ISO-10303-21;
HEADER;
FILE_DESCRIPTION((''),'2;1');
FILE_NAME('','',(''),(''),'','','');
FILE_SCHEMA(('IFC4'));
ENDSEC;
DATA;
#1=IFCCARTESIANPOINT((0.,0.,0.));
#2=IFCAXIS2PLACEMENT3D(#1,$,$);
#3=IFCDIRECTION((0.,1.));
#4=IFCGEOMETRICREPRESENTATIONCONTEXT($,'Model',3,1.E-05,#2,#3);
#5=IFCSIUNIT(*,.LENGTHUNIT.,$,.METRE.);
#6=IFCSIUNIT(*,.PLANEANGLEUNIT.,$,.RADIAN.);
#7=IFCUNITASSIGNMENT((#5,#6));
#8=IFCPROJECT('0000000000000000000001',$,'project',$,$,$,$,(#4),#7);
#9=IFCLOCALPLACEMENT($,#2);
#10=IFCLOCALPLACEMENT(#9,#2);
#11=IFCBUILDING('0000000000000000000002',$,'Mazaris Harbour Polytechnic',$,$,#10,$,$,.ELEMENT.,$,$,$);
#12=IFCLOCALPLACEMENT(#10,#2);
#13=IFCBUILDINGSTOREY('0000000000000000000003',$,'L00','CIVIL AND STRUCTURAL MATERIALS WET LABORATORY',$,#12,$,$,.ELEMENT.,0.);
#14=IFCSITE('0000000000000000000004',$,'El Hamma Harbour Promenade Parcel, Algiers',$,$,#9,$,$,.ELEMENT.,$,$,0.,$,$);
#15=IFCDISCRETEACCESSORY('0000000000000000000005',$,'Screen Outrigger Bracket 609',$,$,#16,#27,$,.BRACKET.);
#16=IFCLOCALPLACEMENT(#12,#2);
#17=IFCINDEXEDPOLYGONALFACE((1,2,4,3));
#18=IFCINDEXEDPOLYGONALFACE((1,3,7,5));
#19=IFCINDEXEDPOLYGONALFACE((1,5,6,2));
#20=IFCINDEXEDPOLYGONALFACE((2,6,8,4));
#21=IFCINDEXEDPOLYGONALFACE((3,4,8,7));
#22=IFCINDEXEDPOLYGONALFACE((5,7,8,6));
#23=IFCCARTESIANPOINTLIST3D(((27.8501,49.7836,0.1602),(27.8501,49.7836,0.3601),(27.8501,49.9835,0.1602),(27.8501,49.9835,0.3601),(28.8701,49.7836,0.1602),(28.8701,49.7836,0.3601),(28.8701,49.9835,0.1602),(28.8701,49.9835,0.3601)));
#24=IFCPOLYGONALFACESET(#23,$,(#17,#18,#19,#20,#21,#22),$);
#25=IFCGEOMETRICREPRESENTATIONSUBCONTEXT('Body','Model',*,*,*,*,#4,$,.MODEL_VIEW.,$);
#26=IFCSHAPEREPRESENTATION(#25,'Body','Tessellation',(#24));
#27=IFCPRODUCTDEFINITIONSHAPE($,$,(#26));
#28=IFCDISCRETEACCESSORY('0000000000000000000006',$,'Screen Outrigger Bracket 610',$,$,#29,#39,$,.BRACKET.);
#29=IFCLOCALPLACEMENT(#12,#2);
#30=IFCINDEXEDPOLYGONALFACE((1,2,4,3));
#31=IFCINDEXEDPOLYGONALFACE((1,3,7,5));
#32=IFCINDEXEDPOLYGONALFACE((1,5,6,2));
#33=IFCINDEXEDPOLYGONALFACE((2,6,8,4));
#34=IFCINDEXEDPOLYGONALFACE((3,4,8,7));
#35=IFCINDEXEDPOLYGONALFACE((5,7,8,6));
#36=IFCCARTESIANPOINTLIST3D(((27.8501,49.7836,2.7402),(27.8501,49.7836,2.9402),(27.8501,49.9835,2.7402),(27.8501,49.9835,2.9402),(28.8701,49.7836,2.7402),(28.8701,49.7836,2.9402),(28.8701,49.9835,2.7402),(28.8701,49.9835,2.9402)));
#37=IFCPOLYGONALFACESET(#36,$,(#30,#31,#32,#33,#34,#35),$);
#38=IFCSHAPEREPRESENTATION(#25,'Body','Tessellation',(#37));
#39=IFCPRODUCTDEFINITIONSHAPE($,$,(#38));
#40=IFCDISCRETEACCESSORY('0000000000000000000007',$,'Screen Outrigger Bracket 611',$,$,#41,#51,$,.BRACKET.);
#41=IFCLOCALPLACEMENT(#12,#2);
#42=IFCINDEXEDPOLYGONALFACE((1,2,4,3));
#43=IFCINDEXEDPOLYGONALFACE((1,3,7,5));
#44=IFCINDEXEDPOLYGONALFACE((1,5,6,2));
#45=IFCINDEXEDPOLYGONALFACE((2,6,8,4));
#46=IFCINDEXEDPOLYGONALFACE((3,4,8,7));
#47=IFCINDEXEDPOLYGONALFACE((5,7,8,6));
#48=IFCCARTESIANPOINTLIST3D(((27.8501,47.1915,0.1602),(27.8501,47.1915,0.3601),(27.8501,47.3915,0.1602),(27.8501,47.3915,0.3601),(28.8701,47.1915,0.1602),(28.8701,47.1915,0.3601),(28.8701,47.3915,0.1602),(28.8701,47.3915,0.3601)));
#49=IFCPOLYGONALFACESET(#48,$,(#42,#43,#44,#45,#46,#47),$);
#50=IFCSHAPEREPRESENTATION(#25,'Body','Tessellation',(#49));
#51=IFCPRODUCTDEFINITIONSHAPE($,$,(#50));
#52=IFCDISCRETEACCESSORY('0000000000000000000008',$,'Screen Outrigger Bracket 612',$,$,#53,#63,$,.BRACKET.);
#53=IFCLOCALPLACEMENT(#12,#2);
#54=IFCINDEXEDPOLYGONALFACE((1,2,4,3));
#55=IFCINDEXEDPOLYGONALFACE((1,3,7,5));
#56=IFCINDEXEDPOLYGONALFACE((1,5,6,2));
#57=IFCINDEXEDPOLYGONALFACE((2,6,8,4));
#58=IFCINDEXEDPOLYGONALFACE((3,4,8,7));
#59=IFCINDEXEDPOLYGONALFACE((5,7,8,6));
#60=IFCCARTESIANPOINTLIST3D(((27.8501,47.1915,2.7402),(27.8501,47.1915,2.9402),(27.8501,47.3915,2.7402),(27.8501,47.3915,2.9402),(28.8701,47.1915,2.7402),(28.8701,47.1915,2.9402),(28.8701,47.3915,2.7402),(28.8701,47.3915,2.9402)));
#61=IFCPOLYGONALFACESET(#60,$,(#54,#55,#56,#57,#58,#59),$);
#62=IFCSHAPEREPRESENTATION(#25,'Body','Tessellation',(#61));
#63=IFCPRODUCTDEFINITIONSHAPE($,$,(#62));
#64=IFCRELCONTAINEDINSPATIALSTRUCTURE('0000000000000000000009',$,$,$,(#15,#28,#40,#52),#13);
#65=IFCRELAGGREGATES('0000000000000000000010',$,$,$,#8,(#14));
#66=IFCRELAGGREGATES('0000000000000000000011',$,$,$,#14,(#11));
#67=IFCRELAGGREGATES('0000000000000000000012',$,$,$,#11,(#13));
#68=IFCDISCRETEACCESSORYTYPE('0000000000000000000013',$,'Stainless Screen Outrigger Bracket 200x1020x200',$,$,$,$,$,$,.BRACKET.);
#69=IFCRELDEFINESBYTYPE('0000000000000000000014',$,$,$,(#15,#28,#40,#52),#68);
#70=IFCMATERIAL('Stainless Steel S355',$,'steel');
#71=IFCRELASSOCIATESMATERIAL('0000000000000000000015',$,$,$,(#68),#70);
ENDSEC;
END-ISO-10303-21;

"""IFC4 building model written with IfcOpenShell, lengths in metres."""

from ifc_helpers import new_model, si_unit, direction, frame, origin, origin_2d, place, context, subcontext, project, spatial, rectangle, extrude, material, type_object, element, save


model = new_model("IFC4")

# Units and contexts
model_context = context("Model", 3, precision=1e-05, world=origin(), true_north=direction((0.0, 1.0)))
body_context = subcontext(model_context, "Body", "Model", "MODEL_VIEW")
ifc_project = project(units=[si_unit("LENGTHUNIT", "METRE"), si_unit("PLANEANGLEUNIT", "RADIAN")], contexts=[model_context])

# Site, building, storey
site_placement = place(None, origin())
site = spatial("IfcSite", under=ifc_project, at=site_placement, Name="El Hamma Harbour Promenade Parcel, Algiers", CompositionType="ELEMENT", RefElevation=0.0)
building_placement = place(site_placement, origin())
building = spatial("IfcBuilding", under=site, at=building_placement, Name="Mazaris Harbour Polytechnic", CompositionType="ELEMENT")
storey_placement = place(building_placement, origin())
storey = spatial("IfcBuildingStorey", under=building, at=storey_placement, Name="L00", Description="CIVIL AND STRUCTURAL MATERIALS WET LABORATORY", CompositionType="ELEMENT", Elevation=0.0)

# Discrete accessories
ifc_material_1 = material(Name="Stainless Steel S355", Category="steel")
discrete_accessory_type = type_object("IfcDiscreteAccessoryType", Name="Stainless Screen Outrigger Bracket 200x1020x200", PredefinedType="BRACKET", material=ifc_material_1)
for number, where, z_axis, x_axis, name in (
    (1, (28.3601, 49.8835, 0.1602), (0.0, 0.0, 1.0), (0.0, -1.0, 0.0), "Screen Outrigger Bracket 609"),
    (2, (28.3601, 49.8835, 2.7402), (0.0, 0.0, 1.0), (0.0, -1.0, 0.0), "Screen Outrigger Bracket 610"),
    (3, (28.3601, 47.2915, 0.1602), (0.0, 0.0, 1.0), (0.0, -1.0, 0.0), "Screen Outrigger Bracket 611"),
    (4, (28.3601, 47.2915, 2.7402), (0.0, 0.0, 1.0), (0.0, -1.0, 0.0), "Screen Outrigger Bracket 612"),
):
    element("IfcDiscreteAccessory", number, at=place(storey_placement, frame(where, z_axis=z_axis, x_axis=x_axis)), inside=storey, type_object=discrete_accessory_type, Name=name, PredefinedType="BRACKET", context=body_context, shape_type="SweptSolid", body=[
        extrude(rectangle(XDim=0.2, YDim=1.02, at=origin_2d()), origin(), (0.0, 0.0, 1.0), 0.2),
    ])

save(model, "model.ifc")
